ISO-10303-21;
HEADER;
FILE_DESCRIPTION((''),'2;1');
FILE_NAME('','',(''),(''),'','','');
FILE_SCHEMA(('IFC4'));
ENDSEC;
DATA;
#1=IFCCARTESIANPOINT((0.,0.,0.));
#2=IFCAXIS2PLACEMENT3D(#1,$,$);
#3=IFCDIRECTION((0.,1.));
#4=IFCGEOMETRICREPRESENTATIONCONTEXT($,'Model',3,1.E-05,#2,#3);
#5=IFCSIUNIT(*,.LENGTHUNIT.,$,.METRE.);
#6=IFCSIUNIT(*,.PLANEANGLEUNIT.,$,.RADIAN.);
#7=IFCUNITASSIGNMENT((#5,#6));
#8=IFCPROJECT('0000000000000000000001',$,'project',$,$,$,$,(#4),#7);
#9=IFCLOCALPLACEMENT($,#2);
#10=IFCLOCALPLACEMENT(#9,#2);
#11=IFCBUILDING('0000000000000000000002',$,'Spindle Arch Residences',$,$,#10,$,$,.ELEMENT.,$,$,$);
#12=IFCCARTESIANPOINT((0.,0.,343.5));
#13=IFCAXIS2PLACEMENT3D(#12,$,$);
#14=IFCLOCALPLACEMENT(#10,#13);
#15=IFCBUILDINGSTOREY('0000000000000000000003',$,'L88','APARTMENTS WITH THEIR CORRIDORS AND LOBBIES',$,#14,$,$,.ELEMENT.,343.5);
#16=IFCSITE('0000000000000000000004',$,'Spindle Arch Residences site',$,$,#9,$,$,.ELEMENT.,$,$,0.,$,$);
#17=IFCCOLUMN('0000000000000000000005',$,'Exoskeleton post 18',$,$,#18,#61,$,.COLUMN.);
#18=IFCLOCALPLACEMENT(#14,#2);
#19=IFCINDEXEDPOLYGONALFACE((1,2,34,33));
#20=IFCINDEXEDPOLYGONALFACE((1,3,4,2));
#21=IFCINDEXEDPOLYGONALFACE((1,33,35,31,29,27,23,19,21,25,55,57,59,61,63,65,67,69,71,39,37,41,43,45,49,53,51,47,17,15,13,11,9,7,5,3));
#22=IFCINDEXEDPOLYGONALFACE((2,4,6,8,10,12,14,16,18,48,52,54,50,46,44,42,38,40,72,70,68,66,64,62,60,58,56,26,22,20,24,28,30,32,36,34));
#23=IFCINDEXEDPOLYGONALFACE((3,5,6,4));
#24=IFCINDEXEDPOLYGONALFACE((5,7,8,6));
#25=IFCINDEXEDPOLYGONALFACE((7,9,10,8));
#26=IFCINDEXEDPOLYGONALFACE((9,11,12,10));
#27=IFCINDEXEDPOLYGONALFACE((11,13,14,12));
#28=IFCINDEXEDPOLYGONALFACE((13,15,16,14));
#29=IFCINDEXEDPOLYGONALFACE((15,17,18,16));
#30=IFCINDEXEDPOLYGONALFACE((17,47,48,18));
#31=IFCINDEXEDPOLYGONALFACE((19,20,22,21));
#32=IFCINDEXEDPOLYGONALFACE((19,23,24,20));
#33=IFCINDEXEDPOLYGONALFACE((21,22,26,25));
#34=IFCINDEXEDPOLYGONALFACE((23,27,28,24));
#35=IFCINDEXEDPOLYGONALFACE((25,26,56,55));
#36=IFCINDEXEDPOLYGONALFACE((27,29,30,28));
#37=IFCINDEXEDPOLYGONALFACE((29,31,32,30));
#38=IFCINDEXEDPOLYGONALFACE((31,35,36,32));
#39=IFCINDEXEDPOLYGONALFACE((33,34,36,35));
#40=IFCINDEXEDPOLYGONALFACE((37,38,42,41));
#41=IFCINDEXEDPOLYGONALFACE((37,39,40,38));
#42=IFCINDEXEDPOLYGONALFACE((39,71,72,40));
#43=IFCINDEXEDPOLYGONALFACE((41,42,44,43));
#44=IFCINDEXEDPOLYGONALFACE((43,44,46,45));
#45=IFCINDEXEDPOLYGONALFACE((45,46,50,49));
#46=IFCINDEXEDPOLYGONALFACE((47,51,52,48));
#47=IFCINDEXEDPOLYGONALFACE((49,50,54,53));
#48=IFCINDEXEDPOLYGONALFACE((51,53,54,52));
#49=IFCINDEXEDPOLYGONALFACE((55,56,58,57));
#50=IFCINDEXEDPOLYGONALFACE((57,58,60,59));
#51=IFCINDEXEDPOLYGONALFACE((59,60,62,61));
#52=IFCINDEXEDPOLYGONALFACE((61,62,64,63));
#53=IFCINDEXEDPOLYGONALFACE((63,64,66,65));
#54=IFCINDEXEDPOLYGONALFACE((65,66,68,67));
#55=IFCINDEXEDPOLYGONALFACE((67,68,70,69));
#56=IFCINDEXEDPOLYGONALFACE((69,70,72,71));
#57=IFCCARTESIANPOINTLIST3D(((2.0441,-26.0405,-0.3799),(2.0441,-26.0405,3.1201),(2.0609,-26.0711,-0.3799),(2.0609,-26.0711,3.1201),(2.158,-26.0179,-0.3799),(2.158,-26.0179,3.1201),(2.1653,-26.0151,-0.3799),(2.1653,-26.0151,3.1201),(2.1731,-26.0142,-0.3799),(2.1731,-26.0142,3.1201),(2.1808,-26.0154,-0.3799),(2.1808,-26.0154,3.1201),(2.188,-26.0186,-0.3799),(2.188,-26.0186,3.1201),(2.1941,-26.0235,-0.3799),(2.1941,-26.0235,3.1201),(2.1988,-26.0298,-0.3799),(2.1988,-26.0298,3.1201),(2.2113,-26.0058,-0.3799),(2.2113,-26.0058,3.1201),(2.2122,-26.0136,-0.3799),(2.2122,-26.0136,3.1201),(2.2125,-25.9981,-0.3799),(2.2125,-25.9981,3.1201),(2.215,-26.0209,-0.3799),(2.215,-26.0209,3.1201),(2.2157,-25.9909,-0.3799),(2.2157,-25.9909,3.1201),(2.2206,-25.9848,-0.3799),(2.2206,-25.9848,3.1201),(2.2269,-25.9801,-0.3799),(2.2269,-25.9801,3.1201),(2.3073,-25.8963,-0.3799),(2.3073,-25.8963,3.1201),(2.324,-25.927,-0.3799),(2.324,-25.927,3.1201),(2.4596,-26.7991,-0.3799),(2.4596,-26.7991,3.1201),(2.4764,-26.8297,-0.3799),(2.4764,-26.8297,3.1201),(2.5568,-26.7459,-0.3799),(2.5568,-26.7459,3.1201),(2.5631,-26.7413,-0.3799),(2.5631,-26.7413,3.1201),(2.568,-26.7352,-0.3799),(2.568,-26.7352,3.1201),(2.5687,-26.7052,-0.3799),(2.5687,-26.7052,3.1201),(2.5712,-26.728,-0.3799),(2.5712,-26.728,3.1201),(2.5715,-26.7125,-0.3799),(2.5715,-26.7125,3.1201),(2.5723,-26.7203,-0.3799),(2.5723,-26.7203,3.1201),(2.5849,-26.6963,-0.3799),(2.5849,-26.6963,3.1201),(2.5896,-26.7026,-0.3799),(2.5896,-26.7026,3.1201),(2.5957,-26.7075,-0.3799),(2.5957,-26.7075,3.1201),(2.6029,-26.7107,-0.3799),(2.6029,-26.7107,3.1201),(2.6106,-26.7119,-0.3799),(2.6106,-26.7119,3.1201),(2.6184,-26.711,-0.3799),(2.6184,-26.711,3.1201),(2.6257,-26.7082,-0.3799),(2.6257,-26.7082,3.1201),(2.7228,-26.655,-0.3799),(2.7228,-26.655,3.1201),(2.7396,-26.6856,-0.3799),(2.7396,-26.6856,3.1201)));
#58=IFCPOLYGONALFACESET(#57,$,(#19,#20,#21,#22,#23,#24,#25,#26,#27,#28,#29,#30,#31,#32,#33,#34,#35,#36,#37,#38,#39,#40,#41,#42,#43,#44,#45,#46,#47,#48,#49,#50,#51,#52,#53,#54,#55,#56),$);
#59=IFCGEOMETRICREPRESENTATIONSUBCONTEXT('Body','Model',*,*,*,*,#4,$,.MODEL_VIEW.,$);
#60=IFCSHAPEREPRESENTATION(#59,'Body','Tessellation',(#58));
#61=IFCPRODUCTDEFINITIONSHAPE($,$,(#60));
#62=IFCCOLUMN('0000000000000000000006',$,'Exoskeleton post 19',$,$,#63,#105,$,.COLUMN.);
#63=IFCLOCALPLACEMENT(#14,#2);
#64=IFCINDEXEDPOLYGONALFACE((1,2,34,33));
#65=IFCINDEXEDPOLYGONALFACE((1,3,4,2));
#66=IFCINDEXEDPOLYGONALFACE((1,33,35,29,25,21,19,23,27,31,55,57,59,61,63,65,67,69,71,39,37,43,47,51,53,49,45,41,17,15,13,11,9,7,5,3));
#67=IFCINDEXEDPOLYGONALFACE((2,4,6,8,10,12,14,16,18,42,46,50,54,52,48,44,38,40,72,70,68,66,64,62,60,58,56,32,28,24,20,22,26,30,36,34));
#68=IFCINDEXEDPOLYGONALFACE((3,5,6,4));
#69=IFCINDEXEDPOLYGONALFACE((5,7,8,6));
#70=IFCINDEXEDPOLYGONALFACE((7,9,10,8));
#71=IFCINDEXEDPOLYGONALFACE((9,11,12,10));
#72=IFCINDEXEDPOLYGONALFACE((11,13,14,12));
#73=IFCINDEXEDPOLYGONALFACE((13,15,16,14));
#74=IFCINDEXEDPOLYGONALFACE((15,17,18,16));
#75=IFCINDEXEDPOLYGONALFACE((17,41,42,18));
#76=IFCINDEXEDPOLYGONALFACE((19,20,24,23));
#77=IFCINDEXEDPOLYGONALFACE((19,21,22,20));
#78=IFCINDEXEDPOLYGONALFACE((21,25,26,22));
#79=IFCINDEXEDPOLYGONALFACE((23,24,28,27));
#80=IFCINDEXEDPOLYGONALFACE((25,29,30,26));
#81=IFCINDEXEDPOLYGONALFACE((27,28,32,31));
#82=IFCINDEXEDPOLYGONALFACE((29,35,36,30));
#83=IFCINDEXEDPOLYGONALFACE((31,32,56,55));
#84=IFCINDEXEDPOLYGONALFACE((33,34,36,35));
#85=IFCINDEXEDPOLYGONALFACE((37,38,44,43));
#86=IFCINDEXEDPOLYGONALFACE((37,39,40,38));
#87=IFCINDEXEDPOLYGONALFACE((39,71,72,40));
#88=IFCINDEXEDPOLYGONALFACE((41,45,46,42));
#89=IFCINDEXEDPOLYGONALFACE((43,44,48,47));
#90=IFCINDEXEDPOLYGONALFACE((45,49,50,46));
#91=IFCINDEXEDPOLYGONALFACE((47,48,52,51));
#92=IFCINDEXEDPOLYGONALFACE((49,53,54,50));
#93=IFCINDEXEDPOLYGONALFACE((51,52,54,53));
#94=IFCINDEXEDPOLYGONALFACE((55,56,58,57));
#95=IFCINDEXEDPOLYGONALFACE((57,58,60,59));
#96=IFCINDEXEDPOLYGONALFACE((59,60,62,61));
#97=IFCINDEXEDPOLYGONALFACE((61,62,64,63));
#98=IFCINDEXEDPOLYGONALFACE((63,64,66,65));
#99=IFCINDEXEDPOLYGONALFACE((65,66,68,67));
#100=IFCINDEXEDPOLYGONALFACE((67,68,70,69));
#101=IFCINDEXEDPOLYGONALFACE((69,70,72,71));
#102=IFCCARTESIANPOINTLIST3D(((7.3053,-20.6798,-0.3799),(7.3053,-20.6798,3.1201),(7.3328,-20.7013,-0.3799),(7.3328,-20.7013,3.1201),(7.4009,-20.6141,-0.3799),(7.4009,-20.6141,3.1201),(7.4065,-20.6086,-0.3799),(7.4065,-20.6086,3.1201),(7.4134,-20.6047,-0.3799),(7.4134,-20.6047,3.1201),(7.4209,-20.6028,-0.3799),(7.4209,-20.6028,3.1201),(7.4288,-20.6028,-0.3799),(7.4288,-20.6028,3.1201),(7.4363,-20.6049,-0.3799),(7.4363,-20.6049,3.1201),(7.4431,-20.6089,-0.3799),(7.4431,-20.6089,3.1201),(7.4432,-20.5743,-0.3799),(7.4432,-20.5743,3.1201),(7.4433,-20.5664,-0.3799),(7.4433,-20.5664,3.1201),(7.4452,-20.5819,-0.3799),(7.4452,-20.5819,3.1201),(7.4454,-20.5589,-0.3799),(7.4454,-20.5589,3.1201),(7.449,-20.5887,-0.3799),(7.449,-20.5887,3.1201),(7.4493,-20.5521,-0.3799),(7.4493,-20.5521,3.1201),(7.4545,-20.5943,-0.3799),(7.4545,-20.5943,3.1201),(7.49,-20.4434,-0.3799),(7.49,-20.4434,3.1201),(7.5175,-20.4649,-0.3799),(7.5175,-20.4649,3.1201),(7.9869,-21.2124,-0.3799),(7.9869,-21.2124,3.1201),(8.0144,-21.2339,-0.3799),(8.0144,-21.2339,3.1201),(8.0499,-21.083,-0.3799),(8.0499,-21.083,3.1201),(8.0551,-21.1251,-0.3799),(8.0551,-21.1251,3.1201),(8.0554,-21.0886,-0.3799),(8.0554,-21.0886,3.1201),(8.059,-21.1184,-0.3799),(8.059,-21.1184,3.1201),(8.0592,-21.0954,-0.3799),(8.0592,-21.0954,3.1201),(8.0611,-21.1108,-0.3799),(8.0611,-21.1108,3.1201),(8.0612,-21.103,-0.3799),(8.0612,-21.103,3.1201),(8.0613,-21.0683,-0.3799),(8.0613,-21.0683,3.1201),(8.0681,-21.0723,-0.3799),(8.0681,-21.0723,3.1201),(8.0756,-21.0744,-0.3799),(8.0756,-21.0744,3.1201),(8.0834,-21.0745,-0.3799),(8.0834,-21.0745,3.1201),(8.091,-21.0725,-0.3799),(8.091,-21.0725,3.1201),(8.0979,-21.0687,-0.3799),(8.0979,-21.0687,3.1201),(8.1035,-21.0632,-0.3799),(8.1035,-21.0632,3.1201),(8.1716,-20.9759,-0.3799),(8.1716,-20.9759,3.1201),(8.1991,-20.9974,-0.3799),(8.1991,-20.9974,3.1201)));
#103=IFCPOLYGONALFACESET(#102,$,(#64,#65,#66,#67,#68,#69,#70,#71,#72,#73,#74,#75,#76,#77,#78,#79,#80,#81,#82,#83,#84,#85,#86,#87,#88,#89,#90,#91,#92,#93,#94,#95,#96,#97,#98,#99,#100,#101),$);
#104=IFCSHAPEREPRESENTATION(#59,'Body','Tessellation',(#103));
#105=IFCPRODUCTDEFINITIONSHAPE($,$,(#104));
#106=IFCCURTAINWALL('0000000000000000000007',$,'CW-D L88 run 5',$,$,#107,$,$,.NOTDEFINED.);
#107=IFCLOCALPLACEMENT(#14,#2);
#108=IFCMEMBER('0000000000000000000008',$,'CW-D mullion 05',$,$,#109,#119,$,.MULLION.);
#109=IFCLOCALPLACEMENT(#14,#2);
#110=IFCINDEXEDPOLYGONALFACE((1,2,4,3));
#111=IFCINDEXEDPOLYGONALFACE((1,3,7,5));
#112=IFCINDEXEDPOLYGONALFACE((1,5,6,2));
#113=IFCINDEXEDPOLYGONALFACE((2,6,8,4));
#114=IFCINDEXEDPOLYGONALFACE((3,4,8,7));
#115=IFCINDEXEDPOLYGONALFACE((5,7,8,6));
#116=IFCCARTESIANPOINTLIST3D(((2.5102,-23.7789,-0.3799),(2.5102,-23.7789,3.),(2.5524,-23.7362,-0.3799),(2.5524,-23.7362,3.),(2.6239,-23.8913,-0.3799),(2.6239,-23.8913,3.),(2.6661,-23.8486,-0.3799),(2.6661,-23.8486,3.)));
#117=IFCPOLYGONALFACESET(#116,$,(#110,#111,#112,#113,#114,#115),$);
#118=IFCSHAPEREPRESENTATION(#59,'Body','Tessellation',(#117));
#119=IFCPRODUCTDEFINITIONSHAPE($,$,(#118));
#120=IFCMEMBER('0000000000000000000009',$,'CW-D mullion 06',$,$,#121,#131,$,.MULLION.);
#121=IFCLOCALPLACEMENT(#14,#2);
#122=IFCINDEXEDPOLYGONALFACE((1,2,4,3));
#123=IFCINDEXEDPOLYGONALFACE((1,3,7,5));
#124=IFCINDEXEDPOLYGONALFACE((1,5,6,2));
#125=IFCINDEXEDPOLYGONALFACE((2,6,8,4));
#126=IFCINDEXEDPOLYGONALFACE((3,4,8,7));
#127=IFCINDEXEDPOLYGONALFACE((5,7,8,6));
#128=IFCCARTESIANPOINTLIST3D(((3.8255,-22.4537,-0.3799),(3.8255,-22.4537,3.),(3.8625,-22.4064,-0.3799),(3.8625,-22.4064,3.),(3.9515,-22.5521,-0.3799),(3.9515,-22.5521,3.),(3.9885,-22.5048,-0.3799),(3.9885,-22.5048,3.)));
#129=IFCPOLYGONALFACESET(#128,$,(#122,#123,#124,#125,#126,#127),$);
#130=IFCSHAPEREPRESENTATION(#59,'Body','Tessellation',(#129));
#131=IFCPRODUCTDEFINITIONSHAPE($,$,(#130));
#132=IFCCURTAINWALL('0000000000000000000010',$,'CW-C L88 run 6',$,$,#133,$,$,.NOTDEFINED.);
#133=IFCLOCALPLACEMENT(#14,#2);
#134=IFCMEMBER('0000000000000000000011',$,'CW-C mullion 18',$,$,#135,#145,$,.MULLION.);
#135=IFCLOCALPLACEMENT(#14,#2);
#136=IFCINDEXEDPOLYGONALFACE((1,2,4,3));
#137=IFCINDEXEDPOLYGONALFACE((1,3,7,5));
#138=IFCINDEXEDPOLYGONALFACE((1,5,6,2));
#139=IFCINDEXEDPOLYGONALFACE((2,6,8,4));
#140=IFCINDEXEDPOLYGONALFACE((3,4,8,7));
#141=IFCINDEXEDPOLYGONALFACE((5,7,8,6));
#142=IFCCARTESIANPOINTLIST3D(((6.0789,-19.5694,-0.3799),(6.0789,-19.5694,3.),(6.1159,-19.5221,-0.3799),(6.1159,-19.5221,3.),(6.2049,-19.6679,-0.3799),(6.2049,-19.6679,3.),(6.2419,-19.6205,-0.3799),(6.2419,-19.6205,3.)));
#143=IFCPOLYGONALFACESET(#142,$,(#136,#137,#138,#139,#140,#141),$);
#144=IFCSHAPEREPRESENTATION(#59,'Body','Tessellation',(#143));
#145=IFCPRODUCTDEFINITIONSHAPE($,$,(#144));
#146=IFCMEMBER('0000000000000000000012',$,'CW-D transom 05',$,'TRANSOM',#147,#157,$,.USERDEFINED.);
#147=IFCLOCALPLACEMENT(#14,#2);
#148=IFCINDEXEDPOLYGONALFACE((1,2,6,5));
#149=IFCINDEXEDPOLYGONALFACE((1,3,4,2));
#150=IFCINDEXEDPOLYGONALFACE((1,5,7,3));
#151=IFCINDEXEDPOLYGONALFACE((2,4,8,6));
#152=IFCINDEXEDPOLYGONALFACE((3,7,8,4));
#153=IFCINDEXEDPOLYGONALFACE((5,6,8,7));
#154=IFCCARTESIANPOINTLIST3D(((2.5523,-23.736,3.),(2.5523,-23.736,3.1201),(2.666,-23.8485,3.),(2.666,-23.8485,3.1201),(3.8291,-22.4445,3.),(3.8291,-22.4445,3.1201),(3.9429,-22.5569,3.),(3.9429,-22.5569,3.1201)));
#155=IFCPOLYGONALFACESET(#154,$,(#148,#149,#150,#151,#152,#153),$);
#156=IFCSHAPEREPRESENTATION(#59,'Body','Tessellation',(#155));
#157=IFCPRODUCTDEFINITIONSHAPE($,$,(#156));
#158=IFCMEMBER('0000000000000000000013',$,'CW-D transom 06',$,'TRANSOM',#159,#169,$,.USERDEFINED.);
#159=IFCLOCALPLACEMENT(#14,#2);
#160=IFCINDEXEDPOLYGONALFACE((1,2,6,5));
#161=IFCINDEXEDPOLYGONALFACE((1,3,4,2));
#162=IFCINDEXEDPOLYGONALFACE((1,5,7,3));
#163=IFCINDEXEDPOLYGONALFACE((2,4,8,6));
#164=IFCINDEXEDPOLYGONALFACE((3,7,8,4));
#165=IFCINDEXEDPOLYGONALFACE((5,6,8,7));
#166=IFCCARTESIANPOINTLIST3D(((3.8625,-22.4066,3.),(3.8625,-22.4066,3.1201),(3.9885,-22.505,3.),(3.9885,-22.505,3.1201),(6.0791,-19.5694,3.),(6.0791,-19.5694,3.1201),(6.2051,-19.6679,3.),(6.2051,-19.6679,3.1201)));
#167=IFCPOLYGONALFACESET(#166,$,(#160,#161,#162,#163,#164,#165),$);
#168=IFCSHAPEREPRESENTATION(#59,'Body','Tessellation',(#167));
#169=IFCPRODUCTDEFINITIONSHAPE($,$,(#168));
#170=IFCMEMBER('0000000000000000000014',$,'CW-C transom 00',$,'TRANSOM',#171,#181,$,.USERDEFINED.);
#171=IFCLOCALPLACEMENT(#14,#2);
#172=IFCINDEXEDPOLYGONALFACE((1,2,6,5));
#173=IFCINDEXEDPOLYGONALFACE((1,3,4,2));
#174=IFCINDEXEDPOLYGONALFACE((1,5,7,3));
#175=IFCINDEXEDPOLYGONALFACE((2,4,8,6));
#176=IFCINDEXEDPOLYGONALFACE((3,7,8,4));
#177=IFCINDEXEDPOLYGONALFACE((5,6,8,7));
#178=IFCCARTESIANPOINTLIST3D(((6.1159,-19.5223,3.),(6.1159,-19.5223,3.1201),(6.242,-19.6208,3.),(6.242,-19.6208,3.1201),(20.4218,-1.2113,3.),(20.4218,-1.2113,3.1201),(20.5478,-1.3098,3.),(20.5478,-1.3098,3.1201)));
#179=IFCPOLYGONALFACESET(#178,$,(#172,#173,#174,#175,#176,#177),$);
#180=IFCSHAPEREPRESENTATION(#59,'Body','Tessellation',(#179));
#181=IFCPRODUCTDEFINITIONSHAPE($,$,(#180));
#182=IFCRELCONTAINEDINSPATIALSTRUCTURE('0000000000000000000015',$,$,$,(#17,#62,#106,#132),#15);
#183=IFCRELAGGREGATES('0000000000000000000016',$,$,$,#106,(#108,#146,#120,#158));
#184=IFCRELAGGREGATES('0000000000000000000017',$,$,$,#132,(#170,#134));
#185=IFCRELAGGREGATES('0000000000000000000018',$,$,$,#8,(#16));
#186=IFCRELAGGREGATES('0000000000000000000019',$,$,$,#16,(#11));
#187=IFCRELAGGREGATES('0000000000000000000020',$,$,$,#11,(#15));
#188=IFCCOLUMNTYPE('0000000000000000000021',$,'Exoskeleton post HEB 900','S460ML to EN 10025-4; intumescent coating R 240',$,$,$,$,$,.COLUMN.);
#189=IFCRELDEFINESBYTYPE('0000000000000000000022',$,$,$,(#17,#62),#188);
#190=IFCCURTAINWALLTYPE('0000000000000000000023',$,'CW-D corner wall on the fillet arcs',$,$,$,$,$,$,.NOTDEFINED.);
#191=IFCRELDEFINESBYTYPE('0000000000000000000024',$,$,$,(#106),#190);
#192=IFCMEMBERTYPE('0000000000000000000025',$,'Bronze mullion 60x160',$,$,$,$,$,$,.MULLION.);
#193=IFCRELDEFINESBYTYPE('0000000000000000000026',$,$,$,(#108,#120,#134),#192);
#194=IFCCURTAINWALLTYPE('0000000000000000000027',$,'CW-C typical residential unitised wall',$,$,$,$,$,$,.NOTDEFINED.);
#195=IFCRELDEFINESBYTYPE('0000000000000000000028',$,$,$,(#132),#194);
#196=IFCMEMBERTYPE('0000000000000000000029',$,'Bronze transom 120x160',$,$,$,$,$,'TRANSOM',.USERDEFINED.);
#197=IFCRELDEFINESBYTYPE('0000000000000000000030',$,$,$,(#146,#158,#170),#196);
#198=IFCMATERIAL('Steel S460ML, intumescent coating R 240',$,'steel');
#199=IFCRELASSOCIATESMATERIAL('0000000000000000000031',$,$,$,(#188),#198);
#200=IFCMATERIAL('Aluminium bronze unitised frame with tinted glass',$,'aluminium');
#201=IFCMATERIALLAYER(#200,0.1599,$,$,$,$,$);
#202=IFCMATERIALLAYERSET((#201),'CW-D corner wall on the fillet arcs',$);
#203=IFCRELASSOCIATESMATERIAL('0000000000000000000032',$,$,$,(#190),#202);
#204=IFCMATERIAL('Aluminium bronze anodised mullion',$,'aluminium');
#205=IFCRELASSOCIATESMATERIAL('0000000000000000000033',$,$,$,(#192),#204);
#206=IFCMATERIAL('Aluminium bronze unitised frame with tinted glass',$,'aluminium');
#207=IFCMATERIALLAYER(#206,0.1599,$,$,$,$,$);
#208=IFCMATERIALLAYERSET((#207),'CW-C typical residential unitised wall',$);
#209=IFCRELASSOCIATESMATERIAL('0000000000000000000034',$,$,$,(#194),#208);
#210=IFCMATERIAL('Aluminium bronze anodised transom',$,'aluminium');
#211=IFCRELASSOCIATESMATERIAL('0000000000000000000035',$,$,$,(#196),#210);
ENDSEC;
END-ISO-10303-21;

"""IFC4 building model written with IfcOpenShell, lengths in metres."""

from ifc_helpers import new_model, si_unit, direction, frame, origin, origin_2d, place, context, subcontext, project, spatial, rectangle, i_section, extrude, material, layer, layer_set, material_profile, profile_set, type_object, element, aggregate, save


model = new_model("IFC4")

# Units and contexts
model_context = context("Model", 3, precision=1e-05, world=origin(), true_north=direction((0.0, 1.0)))
body_context = subcontext(model_context, "Body", "Model", "MODEL_VIEW")
ifc_project = project(units=[si_unit("LENGTHUNIT", "METRE"), si_unit("PLANEANGLEUNIT", "RADIAN")], contexts=[model_context])

# Site, building, storey
site_placement = place(None, origin())
site = spatial("IfcSite", under=ifc_project, at=site_placement, Name="Spindle Arch Residences site", CompositionType="ELEMENT", RefElevation=0.0)
building_placement = place(site_placement, origin())
building = spatial("IfcBuilding", under=site, at=building_placement, Name="Spindle Arch Residences", CompositionType="ELEMENT")
storey_placement = place(building_placement, frame((0.0, 0.0, 343.5)))
storey = spatial("IfcBuildingStorey", under=building, at=storey_placement, Name="L88", Description="APARTMENTS WITH THEIR CORRIDORS AND LOBBIES", CompositionType="ELEMENT", Elevation=343.5)

# Columns
ifc_material_1 = material(Name="Steel S460ML, intumescent coating R 240", Category="steel")
ifc_material_profile_1 = material_profile(ifc_material_1, i_section(OverallWidth=0.3, OverallDepth=0.8999, WebThickness=0.0186, FlangeThickness=0.0349, FilletRadius=0.03, at=origin_2d()), Name="HEB 900")
ifc_profile_set_1 = profile_set([ifc_material_profile_1], Name="Steel S460ML, intumescent coating R 240")
column_type = type_object("IfcColumnType", Name="Exoskeleton post HEB 900", Description="S460ML to EN 10025-4; intumescent coating R 240", PredefinedType="COLUMN", material=ifc_profile_set_1)
for number, where, z_axis, x_axis, name in (
    (1, (2.3918, -26.363, -0.3799), (0.0, 0.0, 1.0), (-0.877055, -0.480389, 0.0), "Exoskeleton post 18"),
    (2, (7.7522, -20.8386, -0.3799), (0.0, 0.0, 1.0), (-0.615661, -0.788011, 0.0), "Exoskeleton post 19"),
):
    element("IfcColumn", number, at=place(storey_placement, frame(where, z_axis=z_axis, x_axis=x_axis)), inside=storey, type_object=column_type, Name=name, PredefinedType="COLUMN", context=body_context, shape_type="SweptSolid", body=[
        extrude(i_section(OverallWidth=0.3, OverallDepth=0.8999, WebThickness=0.0186, FlangeThickness=0.0349, FilletRadius=0.03, at=origin_2d()), origin(), (0.0, 0.0, 1.0), 3.5),
    ])

# Curtain wall, members
ifc_material_2 = material(Name="Aluminium bronze unitised frame with tinted glass", Category="aluminium")
ifc_layer_1 = layer(ifc_material_2, 0.1599)
ifc_layer_set_1 = layer_set([ifc_layer_1], Name="CW-D corner wall on the fillet arcs")
curtain_wall_type_1 = type_object("IfcCurtainWallType", Name="CW-D corner wall on the fillet arcs", PredefinedType="NOTDEFINED", material=ifc_layer_set_1)
curtain_wall_1_placement = place(storey_placement, origin())
curtain_wall_1 = element("IfcCurtainWall", 3, at=curtain_wall_1_placement, inside=storey, type_object=curtain_wall_type_1, Name="CW-D L88 run 5", PredefinedType="NOTDEFINED")
ifc_material_3 = material(Name="Aluminium bronze anodised mullion", Category="aluminium")
ifc_material_profile_2 = material_profile(ifc_material_3, rectangle(XDim=0.1599, YDim=0.0601, at=origin_2d()), Name="MU 60x160")
ifc_profile_set_2 = profile_set([ifc_material_profile_2], Name="Aluminium bronze anodised mullion")
member_type_1 = type_object("IfcMemberType", Name="Bronze mullion 60x160", PredefinedType="MULLION", material=ifc_profile_set_2)
member_1_placement = place(storey_placement, frame((2.5881, -23.8137, -0.3799), z_axis=(0.0, 0.0, 1.0), x_axis=(-0.711209, 0.702981, 0.0)))
member_1 = element("IfcMember", 4, at=member_1_placement, type_object=member_type_1, Name="CW-D mullion 05", PredefinedType="MULLION", context=body_context, shape_type="SweptSolid", body=[
    extrude(rectangle(XDim=0.1599, YDim=0.0601, at=origin_2d()), origin(), (0.0, 0.0, 1.0), 3.3799),
])
member_2_placement = place(storey_placement, frame((3.907, -22.4792, -0.3799), z_axis=(0.0, 0.0, 1.0), x_axis=(-0.788011, 0.615661, 0.0)))
member_2 = element("IfcMember", 5, at=member_2_placement, type_object=member_type_1, Name="CW-D mullion 06", PredefinedType="MULLION", context=body_context, shape_type="SweptSolid", body=[
    extrude(rectangle(XDim=0.1599, YDim=0.0601, at=origin_2d()), origin(), (0.0, 0.0, 1.0), 3.3799),
])

# Curtain wall, member
ifc_material_4 = material(Name="Aluminium bronze unitised frame with tinted glass", Category="aluminium")
ifc_layer_2 = layer(ifc_material_4, 0.1599)
ifc_layer_set_2 = layer_set([ifc_layer_2], Name="CW-C typical residential unitised wall")
curtain_wall_type_2 = type_object("IfcCurtainWallType", Name="CW-C typical residential unitised wall", PredefinedType="NOTDEFINED", material=ifc_layer_set_2)
curtain_wall_2_placement = place(storey_placement, origin())
curtain_wall_2 = element("IfcCurtainWall", 6, at=curtain_wall_2_placement, inside=storey, type_object=curtain_wall_type_2, Name="CW-C L88 run 6", PredefinedType="NOTDEFINED")
member_3_placement = place(storey_placement, frame((6.1604, -19.595, -0.3799), z_axis=(0.0, 0.0, 1.0), x_axis=(-0.788011, 0.615661, 0.0)))
member_3 = element("IfcMember", 7, at=member_3_placement, type_object=member_type_1, Name="CW-C mullion 18", PredefinedType="MULLION", context=body_context, shape_type="SweptSolid", body=[
    extrude(rectangle(XDim=0.1599, YDim=0.0601, at=origin_2d()), origin(), (0.0, 0.0, 1.0), 3.3799),
])

# Members
ifc_material_5 = material(Name="Aluminium bronze anodised transom", Category="aluminium")
ifc_material_profile_3 = material_profile(ifc_material_5, rectangle(XDim=0.1599, YDim=0.1201, at=origin_2d()), Name="TR 120x160")
ifc_profile_set_3 = profile_set([ifc_material_profile_3], Name="Aluminium bronze anodised transom")
member_type_2 = type_object("IfcMemberType", Name="Bronze transom 120x160", ElementType="TRANSOM", PredefinedType="USERDEFINED", material=ifc_profile_set_3)
member_4_placement = place(storey_placement, frame((2.6091, -23.7922, 3.0601), z_axis=(0.703062, 0.711128, 0.0), x_axis=(-0.711128, 0.703062, 0.0)))
member_4 = element("IfcMember", 8, at=member_4_placement, type_object=member_type_2, Name="CW-D transom 05", ObjectType="TRANSOM", PredefinedType="USERDEFINED", context=body_context, shape_type="SweptSolid", body=[
    extrude(rectangle(XDim=0.1599, YDim=0.1201, at=origin_2d()), origin(), (0.0, 0.0, 1.0), 1.8162),
])
member_5_placement = place(storey_placement, frame((3.9255, -22.4558, 3.0601), z_axis=(0.615648, 0.788021, 0.0), x_axis=(-0.788021, 0.615648, 0.0)))
member_5 = element("IfcMember", 9, at=member_5_placement, type_object=member_type_2, Name="CW-D transom 06", ObjectType="TRANSOM", PredefinedType="USERDEFINED", context=body_context, shape_type="SweptSolid", body=[
    extrude(rectangle(XDim=0.1599, YDim=0.1201, at=origin_2d()), origin(), (0.0, 0.0, 1.0), 3.6003),
])
member_6_placement = place(storey_placement, frame((6.179, -19.5715, 3.0601), z_axis=(0.615655, 0.788016, 0.0), x_axis=(-0.788016, 0.615655, 0.0)))
member_6 = element("IfcMember", 10, at=member_6_placement, type_object=member_type_2, Name="CW-C transom 00", ObjectType="TRANSOM", PredefinedType="USERDEFINED", context=body_context, shape_type="SweptSolid", body=[
    extrude(rectangle(XDim=0.1599, YDim=0.1201, at=origin_2d()), origin(), (0.0, 0.0, 1.0), 23.2368),
])

aggregate(curtain_wall_1, [member_1, member_4, member_2, member_5])
aggregate(curtain_wall_2, [member_6, member_3])

save(model, "model.ifc")
